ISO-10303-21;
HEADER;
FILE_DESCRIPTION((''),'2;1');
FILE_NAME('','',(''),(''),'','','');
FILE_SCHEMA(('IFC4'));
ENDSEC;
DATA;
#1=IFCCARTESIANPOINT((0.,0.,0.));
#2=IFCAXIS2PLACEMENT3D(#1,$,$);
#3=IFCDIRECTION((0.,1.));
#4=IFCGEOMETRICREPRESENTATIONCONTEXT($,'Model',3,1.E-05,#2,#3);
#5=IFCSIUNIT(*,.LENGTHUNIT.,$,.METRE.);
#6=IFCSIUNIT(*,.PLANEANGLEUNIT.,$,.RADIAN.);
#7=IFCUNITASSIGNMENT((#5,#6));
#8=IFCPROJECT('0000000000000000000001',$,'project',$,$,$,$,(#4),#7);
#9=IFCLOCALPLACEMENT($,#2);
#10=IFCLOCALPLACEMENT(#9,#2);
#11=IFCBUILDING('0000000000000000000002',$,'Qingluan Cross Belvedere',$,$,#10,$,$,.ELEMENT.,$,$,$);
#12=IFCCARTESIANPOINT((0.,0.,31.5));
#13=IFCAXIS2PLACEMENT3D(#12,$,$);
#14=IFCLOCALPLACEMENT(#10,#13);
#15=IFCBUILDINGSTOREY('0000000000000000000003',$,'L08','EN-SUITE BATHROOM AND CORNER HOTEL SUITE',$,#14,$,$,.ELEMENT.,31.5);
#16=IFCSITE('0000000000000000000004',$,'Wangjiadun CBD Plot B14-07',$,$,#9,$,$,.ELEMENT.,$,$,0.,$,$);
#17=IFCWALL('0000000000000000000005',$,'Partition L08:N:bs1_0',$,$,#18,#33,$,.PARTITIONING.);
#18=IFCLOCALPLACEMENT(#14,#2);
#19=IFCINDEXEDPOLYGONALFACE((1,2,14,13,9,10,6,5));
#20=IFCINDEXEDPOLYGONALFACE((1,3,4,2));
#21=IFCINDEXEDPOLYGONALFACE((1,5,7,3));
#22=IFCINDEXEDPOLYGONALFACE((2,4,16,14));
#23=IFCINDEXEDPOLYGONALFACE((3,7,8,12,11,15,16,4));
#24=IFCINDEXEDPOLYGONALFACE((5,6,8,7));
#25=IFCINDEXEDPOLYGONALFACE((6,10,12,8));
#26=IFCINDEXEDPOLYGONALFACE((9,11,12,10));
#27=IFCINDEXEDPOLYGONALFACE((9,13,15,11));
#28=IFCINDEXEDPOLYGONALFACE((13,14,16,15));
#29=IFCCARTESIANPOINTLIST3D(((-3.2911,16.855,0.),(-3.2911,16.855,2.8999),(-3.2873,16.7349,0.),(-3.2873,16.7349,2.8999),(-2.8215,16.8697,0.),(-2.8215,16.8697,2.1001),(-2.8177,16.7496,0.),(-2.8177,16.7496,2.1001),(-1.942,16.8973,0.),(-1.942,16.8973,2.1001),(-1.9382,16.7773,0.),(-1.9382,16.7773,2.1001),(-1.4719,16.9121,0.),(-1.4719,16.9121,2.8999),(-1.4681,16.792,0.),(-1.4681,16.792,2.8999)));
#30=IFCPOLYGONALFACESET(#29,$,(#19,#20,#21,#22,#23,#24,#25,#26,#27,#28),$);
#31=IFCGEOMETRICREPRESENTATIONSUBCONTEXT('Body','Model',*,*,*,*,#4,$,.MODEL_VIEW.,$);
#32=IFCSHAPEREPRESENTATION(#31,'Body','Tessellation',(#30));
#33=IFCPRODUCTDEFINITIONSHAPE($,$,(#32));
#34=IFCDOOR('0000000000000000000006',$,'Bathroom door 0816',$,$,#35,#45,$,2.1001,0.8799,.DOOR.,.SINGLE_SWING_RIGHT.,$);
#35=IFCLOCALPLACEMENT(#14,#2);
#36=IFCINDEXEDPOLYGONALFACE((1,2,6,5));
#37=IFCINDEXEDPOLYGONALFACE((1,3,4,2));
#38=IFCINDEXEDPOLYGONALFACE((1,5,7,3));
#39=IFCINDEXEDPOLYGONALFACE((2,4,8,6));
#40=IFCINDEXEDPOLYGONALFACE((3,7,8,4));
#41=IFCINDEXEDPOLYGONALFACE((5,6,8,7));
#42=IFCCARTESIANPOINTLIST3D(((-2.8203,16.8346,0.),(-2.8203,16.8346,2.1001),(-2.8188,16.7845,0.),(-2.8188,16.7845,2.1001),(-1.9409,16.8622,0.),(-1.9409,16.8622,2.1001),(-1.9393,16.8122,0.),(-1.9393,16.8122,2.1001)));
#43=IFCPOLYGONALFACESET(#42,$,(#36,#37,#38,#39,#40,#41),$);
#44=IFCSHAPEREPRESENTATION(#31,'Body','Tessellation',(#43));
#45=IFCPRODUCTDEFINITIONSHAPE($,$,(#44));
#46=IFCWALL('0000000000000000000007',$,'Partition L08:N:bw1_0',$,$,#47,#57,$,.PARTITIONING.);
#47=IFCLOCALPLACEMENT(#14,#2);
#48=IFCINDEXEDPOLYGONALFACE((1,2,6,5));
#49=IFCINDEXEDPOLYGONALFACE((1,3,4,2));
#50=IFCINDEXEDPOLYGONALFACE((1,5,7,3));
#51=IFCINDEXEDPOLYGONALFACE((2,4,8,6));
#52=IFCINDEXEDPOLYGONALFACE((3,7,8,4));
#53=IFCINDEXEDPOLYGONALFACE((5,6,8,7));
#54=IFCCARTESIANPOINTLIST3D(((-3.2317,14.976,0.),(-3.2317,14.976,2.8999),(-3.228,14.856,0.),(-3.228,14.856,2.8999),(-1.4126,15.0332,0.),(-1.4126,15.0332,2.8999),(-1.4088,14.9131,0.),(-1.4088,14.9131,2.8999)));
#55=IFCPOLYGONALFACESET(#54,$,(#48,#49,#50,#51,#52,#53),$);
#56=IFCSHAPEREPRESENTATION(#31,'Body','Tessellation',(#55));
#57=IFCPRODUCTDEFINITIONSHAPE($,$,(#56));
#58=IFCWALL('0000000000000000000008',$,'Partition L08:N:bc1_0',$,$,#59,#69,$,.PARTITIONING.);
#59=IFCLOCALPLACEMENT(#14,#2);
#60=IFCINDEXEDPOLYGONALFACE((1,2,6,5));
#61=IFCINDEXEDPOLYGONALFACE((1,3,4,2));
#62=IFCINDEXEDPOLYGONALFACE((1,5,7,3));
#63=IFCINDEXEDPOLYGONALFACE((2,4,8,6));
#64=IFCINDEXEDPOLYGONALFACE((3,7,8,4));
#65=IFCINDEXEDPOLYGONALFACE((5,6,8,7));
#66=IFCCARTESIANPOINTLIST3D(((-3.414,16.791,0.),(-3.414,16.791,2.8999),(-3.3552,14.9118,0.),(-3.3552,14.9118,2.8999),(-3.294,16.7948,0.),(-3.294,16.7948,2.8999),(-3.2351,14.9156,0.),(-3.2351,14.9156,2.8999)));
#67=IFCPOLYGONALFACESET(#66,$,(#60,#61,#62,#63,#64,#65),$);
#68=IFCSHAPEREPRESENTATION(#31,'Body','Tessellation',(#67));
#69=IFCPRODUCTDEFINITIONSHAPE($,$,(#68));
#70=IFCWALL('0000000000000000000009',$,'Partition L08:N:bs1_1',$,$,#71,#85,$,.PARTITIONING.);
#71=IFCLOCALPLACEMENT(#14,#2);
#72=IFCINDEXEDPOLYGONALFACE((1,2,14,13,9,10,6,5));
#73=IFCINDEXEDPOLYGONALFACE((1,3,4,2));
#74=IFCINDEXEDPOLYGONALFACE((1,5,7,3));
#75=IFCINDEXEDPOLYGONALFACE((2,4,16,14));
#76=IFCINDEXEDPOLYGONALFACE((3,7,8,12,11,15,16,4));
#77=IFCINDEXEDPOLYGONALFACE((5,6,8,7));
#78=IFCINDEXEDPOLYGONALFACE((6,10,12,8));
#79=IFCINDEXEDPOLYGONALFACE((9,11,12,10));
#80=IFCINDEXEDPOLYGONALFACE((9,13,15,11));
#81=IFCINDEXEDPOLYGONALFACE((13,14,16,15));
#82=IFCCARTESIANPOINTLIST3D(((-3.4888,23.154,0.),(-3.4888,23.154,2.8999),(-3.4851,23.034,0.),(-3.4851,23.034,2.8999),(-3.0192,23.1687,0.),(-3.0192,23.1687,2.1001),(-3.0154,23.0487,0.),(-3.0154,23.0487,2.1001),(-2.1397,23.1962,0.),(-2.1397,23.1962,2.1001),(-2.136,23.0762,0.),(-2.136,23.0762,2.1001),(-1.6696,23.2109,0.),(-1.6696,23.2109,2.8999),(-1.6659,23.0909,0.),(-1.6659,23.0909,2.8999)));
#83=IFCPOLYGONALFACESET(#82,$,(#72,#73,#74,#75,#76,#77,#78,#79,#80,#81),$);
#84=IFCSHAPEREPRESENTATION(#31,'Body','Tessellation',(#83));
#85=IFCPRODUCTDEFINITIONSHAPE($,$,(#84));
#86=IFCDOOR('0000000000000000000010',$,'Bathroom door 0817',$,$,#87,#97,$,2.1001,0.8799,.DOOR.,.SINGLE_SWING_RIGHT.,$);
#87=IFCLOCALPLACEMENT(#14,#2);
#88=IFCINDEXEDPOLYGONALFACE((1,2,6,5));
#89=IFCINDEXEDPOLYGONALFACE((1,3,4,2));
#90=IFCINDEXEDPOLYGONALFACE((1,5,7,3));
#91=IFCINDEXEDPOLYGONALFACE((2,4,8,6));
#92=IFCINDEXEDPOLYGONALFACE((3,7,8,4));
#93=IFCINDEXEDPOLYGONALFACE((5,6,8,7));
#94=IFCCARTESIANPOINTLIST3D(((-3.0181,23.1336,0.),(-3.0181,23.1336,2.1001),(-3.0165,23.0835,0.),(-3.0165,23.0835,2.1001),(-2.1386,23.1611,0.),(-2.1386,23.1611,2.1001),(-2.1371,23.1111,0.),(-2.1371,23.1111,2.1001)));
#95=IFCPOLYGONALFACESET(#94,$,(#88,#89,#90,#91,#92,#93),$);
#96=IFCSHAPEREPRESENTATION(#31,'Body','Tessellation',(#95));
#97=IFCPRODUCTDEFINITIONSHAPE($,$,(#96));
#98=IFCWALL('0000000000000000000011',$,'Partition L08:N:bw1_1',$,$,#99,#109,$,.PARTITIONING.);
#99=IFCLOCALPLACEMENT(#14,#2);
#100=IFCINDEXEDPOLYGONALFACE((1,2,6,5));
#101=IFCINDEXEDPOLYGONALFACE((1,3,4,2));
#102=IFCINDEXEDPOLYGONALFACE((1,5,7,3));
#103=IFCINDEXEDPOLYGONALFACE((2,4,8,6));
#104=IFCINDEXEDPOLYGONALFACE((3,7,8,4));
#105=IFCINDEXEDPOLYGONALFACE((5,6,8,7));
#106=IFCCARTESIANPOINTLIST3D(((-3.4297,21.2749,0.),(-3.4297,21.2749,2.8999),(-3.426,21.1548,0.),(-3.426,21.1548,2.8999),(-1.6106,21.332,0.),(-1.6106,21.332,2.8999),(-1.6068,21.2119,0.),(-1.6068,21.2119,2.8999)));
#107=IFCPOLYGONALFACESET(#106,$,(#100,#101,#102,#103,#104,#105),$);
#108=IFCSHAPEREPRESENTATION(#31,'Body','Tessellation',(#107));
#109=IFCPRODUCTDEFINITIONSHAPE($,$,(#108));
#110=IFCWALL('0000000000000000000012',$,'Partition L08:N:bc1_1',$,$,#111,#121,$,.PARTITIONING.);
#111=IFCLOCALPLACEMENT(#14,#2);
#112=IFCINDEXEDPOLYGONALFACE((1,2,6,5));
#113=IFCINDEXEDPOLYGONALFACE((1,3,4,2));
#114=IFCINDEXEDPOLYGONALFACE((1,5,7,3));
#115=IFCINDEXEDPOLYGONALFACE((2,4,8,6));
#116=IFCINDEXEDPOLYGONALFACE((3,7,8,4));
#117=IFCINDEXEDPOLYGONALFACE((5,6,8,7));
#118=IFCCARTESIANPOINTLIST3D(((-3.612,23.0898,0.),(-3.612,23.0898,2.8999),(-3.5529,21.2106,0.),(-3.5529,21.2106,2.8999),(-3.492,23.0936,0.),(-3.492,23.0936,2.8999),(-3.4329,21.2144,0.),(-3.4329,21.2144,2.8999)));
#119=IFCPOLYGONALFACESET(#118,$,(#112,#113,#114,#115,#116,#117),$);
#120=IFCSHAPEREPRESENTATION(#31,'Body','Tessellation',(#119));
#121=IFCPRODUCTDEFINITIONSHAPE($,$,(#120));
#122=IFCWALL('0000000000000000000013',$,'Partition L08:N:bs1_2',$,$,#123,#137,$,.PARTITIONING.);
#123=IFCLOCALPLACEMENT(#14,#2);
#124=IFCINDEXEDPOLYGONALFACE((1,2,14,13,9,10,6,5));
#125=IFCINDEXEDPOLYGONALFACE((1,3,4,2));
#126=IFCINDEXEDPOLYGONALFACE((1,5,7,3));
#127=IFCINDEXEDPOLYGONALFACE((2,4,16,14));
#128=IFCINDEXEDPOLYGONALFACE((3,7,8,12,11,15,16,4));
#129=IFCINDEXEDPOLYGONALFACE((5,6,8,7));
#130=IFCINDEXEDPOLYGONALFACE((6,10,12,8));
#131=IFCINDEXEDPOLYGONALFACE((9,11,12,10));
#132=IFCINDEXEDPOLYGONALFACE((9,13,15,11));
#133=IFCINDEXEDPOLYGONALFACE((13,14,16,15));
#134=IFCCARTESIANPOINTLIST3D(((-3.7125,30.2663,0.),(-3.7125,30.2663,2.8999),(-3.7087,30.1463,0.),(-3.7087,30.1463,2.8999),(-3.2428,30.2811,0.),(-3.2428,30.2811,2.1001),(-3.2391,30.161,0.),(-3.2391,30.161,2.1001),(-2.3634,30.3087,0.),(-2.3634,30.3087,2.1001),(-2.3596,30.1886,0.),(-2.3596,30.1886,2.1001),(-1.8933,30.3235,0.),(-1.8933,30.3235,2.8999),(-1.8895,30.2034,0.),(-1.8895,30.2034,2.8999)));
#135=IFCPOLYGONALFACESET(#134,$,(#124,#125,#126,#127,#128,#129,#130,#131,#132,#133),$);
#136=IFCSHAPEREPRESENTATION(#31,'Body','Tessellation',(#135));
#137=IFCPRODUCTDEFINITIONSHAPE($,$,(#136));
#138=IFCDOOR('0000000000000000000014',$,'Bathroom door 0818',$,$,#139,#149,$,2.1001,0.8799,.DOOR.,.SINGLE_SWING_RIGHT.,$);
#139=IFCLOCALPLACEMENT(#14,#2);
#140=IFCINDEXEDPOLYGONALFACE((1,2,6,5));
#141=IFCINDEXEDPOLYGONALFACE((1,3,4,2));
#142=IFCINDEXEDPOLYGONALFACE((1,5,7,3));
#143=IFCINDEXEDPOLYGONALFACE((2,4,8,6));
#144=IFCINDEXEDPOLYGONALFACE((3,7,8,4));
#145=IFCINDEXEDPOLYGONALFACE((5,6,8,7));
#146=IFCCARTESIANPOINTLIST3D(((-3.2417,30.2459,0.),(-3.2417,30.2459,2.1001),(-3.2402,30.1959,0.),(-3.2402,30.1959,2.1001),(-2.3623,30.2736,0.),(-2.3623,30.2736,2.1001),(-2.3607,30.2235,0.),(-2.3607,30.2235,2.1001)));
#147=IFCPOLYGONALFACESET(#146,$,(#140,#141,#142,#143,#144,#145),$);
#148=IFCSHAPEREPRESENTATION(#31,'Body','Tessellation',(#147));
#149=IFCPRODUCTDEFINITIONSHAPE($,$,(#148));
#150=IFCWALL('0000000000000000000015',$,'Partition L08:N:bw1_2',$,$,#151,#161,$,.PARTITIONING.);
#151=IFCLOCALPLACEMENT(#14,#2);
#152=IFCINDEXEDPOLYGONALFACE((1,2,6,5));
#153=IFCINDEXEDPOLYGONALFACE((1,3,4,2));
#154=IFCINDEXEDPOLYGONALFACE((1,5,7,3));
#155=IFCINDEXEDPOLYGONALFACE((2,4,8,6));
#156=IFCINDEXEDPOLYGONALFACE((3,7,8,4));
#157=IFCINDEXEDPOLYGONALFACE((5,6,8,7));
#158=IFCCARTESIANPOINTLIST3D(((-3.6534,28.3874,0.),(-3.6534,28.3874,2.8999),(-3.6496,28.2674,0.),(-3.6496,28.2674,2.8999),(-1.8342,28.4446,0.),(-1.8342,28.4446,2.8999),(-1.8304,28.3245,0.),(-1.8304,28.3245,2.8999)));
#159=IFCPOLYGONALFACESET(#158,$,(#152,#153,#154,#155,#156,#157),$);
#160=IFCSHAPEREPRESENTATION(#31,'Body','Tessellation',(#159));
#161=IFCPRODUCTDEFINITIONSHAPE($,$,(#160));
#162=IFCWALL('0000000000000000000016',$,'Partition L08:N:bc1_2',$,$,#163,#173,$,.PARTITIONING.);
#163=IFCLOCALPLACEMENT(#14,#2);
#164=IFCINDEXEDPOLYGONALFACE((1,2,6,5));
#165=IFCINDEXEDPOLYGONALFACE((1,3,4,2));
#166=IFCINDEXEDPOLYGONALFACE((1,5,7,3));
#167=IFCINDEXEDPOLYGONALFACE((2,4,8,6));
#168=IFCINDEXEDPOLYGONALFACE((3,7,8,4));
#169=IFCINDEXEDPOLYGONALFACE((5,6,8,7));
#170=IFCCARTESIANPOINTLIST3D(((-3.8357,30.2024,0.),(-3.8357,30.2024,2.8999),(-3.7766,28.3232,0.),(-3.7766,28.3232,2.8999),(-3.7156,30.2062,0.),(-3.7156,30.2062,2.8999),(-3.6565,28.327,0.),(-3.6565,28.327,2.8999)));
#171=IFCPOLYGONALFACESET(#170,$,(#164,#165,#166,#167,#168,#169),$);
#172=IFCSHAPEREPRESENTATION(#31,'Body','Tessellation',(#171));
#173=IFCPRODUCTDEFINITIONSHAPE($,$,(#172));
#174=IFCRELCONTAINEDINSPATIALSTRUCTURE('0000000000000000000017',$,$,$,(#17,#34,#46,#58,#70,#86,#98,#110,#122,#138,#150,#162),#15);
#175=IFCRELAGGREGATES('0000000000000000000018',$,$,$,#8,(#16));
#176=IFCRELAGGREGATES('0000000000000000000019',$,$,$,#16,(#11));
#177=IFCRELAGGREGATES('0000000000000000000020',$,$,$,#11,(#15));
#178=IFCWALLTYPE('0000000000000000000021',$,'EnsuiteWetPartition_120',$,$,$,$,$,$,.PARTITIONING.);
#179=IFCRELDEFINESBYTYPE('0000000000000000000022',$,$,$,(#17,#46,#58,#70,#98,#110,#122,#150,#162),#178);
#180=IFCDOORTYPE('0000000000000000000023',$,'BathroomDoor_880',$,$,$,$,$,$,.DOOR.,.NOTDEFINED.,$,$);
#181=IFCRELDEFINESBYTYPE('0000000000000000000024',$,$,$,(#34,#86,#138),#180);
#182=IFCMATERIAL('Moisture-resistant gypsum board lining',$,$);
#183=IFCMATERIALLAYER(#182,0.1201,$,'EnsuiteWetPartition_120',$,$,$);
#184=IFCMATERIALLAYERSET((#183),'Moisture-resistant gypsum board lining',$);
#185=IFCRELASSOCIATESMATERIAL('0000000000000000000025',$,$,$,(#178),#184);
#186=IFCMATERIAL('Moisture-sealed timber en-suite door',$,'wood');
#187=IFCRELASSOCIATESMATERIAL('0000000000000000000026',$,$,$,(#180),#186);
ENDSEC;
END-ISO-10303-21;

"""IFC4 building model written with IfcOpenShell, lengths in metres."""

from ifc_helpers import new_model, si_unit, direction, frame, frame_2d, origin, place, context, subcontext, project, spatial, rectangle, extrude, material, layer, layer_set, type_object, element, fill, save


model = new_model("IFC4")

# Units and contexts
model_context = context("Model", 3, precision=1e-05, world=origin(), true_north=direction((0.0, 1.0)))
body_context = subcontext(model_context, "Body", "Model", "MODEL_VIEW")
ifc_project = project(units=[si_unit("LENGTHUNIT", "METRE"), si_unit("PLANEANGLEUNIT", "RADIAN")], contexts=[model_context])

# Site, building, storey
site_placement = place(None, origin())
site = spatial("IfcSite", under=ifc_project, at=site_placement, Name="Wangjiadun CBD Plot B14-07", CompositionType="ELEMENT", RefElevation=0.0)
building_placement = place(site_placement, origin())
building = spatial("IfcBuilding", under=site, at=building_placement, Name="Qingluan Cross Belvedere", CompositionType="ELEMENT")
storey_placement = place(building_placement, frame((0.0, 0.0, 31.5)))
storey = spatial("IfcBuildingStorey", under=building, at=storey_placement, Name="L08", Description="EN-SUITE BATHROOM AND CORNER HOTEL SUITE", CompositionType="ELEMENT", Elevation=31.5)

# Wall, opening, door
ifc_material_1 = material(Name="Moisture-resistant gypsum board lining")
ifc_layer_1 = layer(ifc_material_1, 0.1201, Name="EnsuiteWetPartition_120")
ifc_layer_set_1 = layer_set([ifc_layer_1], Name="Moisture-resistant gypsum board lining")
wall_type_1 = type_object("IfcWallType", Name="EnsuiteWetPartition_120", PredefinedType="PARTITIONING", material=ifc_layer_set_1)
wall_1_placement = place(storey_placement, frame((-3.2893, 16.7949, 0.0), z_axis=(0.0, 0.0, 1.0), x_axis=(0.999507, 0.03139, 0.0)))
wall_1 = element("IfcWall", 1, at=wall_1_placement, inside=storey, type_object=wall_type_1, Name="Partition L08:N:bs1_0", PredefinedType="PARTITIONING", context=body_context, shape_type="SweptSolid", body=[
    extrude(rectangle(XDim=1.8201, YDim=0.1201, at=frame_2d((0.9102, 0.0))), origin(), (0.0, 0.0, 1.0), 2.8999),
])
opening_1_placement = place(wall_1_placement, frame((0.47, 0.0, 0.0)))
opening_1 = element("IfcOpeningElement", 2, at=opening_1_placement, cuts=wall_1, PredefinedType="OPENING", context=body_context, shape_type="SweptSolid", body=[
    extrude(rectangle(XDim=0.8799, YDim=2.1001, at=frame_2d((0.4399, 1.05))), frame((0.0, 0.0701, 0.0), z_axis=(0.0, -1.0, 0.0), x_axis=(1.0, 0.0, 0.0)), (0.0, 0.0, 1.0), 0.1401),
])
ifc_material_2 = material(Name="Moisture-sealed timber en-suite door", Category="wood")
door_type = type_object("IfcDoorType", Name="BathroomDoor_880", OperationType="NOTDEFINED", PredefinedType="DOOR", material=ifc_material_2)
door_1_placement = place(opening_1_placement, origin())
door_1 = element("IfcDoor", 3, at=door_1_placement, inside=storey, type_object=door_type, Name="Bathroom door 0816", OperationType="SINGLE_SWING_RIGHT", OverallHeight=2.1001, OverallWidth=0.8799, PredefinedType="DOOR", context=body_context, shape_type="SweptSolid", body=[
    extrude(rectangle(XDim=0.8799, YDim=2.1001, at=frame_2d((0.4399, 1.05))), frame((0.0, 0.0249, 0.0), z_axis=(0.0, -1.0, 0.0), x_axis=(1.0, 0.0, 0.0)), (0.0, 0.0, 1.0), 0.05),
])
fill(opening_1, door_1)

# Walls
wall_2_placement = place(storey_placement, frame((-3.23, 14.916, 0.0), z_axis=(0.0, 0.0, 1.0), x_axis=(0.999507, 0.03139, 0.0)))
element("IfcWall", 4, at=wall_2_placement, inside=storey, type_object=wall_type_1, Name="Partition L08:N:bw1_0", PredefinedType="PARTITIONING", context=body_context, shape_type="SweptSolid", body=[
    extrude(rectangle(XDim=1.8201, YDim=0.1201, at=frame_2d((0.9102, 0.0))), origin(), (0.0, 0.0, 1.0), 2.8999),
])
wall_3_placement = place(storey_placement, frame((-3.2952, 14.9138, 0.0), z_axis=(0.0, 0.0, 1.0), x_axis=(-0.031296, 0.99951, 0.0)))
element("IfcWall", 5, at=wall_3_placement, inside=storey, type_object=wall_type_1, Name="Partition L08:N:bc1_0", PredefinedType="PARTITIONING", context=body_context, shape_type="SweptSolid", body=[
    extrude(rectangle(XDim=1.8801, YDim=0.1201, at=frame_2d((0.9399, 0.0))), origin(), (0.0, 0.0, 1.0), 2.8999),
])

# Wall, opening, door
wall_4_placement = place(storey_placement, frame((-3.4871, 23.094, 0.0), z_axis=(0.0, 0.0, 1.0), x_axis=(0.999511, 0.031256, 0.0)))
wall_4 = element("IfcWall", 6, at=wall_4_placement, inside=storey, type_object=wall_type_1, Name="Partition L08:N:bs1_1", PredefinedType="PARTITIONING", context=body_context, shape_type="SweptSolid", body=[
    extrude(rectangle(XDim=1.8201, YDim=0.1201, at=frame_2d((0.9102, 0.0))), origin(), (0.0, 0.0, 1.0), 2.8999),
])
opening_2_placement = place(wall_4_placement, frame((0.47, 0.0, 0.0)))
opening_2 = element("IfcOpeningElement", 7, at=opening_2_placement, cuts=wall_4, PredefinedType="OPENING", context=body_context, shape_type="SweptSolid", body=[
    extrude(rectangle(XDim=0.8799, YDim=2.1001, at=frame_2d((0.4399, 1.05))), frame((0.0, 0.0701, 0.0), z_axis=(0.0, -1.0, 0.0), x_axis=(1.0, 0.0, 0.0)), (0.0, 0.0, 1.0), 0.1401),
])
door_2_placement = place(opening_2_placement, origin())
door_2 = element("IfcDoor", 8, at=door_2_placement, inside=storey, type_object=door_type, Name="Bathroom door 0817", OperationType="SINGLE_SWING_RIGHT", OverallHeight=2.1001, OverallWidth=0.8799, PredefinedType="DOOR", context=body_context, shape_type="SweptSolid", body=[
    extrude(rectangle(XDim=0.8799, YDim=2.1001, at=frame_2d((0.4399, 1.05))), frame((0.0, 0.0249, 0.0), z_axis=(0.0, -1.0, 0.0), x_axis=(1.0, 0.0, 0.0)), (0.0, 0.0, 1.0), 0.05),
])
fill(opening_2, door_2)

# Walls
wall_5_placement = place(storey_placement, frame((-3.428, 21.2148, 0.0), z_axis=(0.0, 0.0, 1.0), x_axis=(0.999507, 0.03139, 0.0)))
element("IfcWall", 9, at=wall_5_placement, inside=storey, type_object=wall_type_1, Name="Partition L08:N:bw1_1", PredefinedType="PARTITIONING", context=body_context, shape_type="SweptSolid", body=[
    extrude(rectangle(XDim=1.8201, YDim=0.1201, at=frame_2d((0.9102, 0.0))), origin(), (0.0, 0.0, 1.0), 2.8999),
])
wall_6_placement = place(storey_placement, frame((-3.4929, 21.2126, 0.0), z_axis=(0.0, 0.0, 1.0), x_axis=(-0.031425, 0.999506, 0.0)))
element("IfcWall", 10, at=wall_6_placement, inside=storey, type_object=wall_type_1, Name="Partition L08:N:bc1_1", PredefinedType="PARTITIONING", context=body_context, shape_type="SweptSolid", body=[
    extrude(rectangle(XDim=1.8801, YDim=0.1201, at=frame_2d((0.9399, 0.0))), origin(), (0.0, 0.0, 1.0), 2.8999),
])

# Wall, opening, door
wall_7_placement = place(storey_placement, frame((-3.7107, 30.2063, 0.0), z_axis=(0.0, 0.0, 1.0), x_axis=(0.999507, 0.03139, 0.0)))
wall_7 = element("IfcWall", 11, at=wall_7_placement, inside=storey, type_object=wall_type_1, Name="Partition L08:N:bs1_2", PredefinedType="PARTITIONING", context=body_context, shape_type="SweptSolid", body=[
    extrude(rectangle(XDim=1.8201, YDim=0.1201, at=frame_2d((0.9102, 0.0))), origin(), (0.0, 0.0, 1.0), 2.8999),
])
opening_3_placement = place(wall_7_placement, frame((0.47, 0.0, 0.0)))
opening_3 = element("IfcOpeningElement", 12, at=opening_3_placement, cuts=wall_7, PredefinedType="OPENING", context=body_context, shape_type="SweptSolid", body=[
    extrude(rectangle(XDim=0.8799, YDim=2.1001, at=frame_2d((0.4399, 1.05))), frame((0.0, 0.0701, 0.0), z_axis=(0.0, -1.0, 0.0), x_axis=(1.0, 0.0, 0.0)), (0.0, 0.0, 1.0), 0.1401),
])
door_3_placement = place(opening_3_placement, origin())
door_3 = element("IfcDoor", 13, at=door_3_placement, inside=storey, type_object=door_type, Name="Bathroom door 0818", OperationType="SINGLE_SWING_RIGHT", OverallHeight=2.1001, OverallWidth=0.8799, PredefinedType="DOOR", context=body_context, shape_type="SweptSolid", body=[
    extrude(rectangle(XDim=0.8799, YDim=2.1001, at=frame_2d((0.4399, 1.05))), frame((0.0, 0.0249, 0.0), z_axis=(0.0, -1.0, 0.0), x_axis=(1.0, 0.0, 0.0)), (0.0, 0.0, 1.0), 0.05),
])
fill(opening_3, door_3)

# Walls
wall_8_placement = place(storey_placement, frame((-3.6516, 28.3274, 0.0), z_axis=(0.0, 0.0, 1.0), x_axis=(0.999507, 0.03139, 0.0)))
element("IfcWall", 14, at=wall_8_placement, inside=storey, type_object=wall_type_1, Name="Partition L08:N:bw1_2", PredefinedType="PARTITIONING", context=body_context, shape_type="SweptSolid", body=[
    extrude(rectangle(XDim=1.8201, YDim=0.1201, at=frame_2d((0.9102, 0.0))), origin(), (0.0, 0.0, 1.0), 2.8999),
])
wall_9_placement = place(storey_placement, frame((-3.7166, 28.3252, 0.0), z_axis=(0.0, 0.0, 1.0), x_axis=(-0.031425, 0.999506, 0.0)))
element("IfcWall", 15, at=wall_9_placement, inside=storey, type_object=wall_type_1, Name="Partition L08:N:bc1_2", PredefinedType="PARTITIONING", context=body_context, shape_type="SweptSolid", body=[
    extrude(rectangle(XDim=1.8801, YDim=0.1201, at=frame_2d((0.9399, 0.0))), origin(), (0.0, 0.0, 1.0), 2.8999),
])

save(model, "model.ifc")
